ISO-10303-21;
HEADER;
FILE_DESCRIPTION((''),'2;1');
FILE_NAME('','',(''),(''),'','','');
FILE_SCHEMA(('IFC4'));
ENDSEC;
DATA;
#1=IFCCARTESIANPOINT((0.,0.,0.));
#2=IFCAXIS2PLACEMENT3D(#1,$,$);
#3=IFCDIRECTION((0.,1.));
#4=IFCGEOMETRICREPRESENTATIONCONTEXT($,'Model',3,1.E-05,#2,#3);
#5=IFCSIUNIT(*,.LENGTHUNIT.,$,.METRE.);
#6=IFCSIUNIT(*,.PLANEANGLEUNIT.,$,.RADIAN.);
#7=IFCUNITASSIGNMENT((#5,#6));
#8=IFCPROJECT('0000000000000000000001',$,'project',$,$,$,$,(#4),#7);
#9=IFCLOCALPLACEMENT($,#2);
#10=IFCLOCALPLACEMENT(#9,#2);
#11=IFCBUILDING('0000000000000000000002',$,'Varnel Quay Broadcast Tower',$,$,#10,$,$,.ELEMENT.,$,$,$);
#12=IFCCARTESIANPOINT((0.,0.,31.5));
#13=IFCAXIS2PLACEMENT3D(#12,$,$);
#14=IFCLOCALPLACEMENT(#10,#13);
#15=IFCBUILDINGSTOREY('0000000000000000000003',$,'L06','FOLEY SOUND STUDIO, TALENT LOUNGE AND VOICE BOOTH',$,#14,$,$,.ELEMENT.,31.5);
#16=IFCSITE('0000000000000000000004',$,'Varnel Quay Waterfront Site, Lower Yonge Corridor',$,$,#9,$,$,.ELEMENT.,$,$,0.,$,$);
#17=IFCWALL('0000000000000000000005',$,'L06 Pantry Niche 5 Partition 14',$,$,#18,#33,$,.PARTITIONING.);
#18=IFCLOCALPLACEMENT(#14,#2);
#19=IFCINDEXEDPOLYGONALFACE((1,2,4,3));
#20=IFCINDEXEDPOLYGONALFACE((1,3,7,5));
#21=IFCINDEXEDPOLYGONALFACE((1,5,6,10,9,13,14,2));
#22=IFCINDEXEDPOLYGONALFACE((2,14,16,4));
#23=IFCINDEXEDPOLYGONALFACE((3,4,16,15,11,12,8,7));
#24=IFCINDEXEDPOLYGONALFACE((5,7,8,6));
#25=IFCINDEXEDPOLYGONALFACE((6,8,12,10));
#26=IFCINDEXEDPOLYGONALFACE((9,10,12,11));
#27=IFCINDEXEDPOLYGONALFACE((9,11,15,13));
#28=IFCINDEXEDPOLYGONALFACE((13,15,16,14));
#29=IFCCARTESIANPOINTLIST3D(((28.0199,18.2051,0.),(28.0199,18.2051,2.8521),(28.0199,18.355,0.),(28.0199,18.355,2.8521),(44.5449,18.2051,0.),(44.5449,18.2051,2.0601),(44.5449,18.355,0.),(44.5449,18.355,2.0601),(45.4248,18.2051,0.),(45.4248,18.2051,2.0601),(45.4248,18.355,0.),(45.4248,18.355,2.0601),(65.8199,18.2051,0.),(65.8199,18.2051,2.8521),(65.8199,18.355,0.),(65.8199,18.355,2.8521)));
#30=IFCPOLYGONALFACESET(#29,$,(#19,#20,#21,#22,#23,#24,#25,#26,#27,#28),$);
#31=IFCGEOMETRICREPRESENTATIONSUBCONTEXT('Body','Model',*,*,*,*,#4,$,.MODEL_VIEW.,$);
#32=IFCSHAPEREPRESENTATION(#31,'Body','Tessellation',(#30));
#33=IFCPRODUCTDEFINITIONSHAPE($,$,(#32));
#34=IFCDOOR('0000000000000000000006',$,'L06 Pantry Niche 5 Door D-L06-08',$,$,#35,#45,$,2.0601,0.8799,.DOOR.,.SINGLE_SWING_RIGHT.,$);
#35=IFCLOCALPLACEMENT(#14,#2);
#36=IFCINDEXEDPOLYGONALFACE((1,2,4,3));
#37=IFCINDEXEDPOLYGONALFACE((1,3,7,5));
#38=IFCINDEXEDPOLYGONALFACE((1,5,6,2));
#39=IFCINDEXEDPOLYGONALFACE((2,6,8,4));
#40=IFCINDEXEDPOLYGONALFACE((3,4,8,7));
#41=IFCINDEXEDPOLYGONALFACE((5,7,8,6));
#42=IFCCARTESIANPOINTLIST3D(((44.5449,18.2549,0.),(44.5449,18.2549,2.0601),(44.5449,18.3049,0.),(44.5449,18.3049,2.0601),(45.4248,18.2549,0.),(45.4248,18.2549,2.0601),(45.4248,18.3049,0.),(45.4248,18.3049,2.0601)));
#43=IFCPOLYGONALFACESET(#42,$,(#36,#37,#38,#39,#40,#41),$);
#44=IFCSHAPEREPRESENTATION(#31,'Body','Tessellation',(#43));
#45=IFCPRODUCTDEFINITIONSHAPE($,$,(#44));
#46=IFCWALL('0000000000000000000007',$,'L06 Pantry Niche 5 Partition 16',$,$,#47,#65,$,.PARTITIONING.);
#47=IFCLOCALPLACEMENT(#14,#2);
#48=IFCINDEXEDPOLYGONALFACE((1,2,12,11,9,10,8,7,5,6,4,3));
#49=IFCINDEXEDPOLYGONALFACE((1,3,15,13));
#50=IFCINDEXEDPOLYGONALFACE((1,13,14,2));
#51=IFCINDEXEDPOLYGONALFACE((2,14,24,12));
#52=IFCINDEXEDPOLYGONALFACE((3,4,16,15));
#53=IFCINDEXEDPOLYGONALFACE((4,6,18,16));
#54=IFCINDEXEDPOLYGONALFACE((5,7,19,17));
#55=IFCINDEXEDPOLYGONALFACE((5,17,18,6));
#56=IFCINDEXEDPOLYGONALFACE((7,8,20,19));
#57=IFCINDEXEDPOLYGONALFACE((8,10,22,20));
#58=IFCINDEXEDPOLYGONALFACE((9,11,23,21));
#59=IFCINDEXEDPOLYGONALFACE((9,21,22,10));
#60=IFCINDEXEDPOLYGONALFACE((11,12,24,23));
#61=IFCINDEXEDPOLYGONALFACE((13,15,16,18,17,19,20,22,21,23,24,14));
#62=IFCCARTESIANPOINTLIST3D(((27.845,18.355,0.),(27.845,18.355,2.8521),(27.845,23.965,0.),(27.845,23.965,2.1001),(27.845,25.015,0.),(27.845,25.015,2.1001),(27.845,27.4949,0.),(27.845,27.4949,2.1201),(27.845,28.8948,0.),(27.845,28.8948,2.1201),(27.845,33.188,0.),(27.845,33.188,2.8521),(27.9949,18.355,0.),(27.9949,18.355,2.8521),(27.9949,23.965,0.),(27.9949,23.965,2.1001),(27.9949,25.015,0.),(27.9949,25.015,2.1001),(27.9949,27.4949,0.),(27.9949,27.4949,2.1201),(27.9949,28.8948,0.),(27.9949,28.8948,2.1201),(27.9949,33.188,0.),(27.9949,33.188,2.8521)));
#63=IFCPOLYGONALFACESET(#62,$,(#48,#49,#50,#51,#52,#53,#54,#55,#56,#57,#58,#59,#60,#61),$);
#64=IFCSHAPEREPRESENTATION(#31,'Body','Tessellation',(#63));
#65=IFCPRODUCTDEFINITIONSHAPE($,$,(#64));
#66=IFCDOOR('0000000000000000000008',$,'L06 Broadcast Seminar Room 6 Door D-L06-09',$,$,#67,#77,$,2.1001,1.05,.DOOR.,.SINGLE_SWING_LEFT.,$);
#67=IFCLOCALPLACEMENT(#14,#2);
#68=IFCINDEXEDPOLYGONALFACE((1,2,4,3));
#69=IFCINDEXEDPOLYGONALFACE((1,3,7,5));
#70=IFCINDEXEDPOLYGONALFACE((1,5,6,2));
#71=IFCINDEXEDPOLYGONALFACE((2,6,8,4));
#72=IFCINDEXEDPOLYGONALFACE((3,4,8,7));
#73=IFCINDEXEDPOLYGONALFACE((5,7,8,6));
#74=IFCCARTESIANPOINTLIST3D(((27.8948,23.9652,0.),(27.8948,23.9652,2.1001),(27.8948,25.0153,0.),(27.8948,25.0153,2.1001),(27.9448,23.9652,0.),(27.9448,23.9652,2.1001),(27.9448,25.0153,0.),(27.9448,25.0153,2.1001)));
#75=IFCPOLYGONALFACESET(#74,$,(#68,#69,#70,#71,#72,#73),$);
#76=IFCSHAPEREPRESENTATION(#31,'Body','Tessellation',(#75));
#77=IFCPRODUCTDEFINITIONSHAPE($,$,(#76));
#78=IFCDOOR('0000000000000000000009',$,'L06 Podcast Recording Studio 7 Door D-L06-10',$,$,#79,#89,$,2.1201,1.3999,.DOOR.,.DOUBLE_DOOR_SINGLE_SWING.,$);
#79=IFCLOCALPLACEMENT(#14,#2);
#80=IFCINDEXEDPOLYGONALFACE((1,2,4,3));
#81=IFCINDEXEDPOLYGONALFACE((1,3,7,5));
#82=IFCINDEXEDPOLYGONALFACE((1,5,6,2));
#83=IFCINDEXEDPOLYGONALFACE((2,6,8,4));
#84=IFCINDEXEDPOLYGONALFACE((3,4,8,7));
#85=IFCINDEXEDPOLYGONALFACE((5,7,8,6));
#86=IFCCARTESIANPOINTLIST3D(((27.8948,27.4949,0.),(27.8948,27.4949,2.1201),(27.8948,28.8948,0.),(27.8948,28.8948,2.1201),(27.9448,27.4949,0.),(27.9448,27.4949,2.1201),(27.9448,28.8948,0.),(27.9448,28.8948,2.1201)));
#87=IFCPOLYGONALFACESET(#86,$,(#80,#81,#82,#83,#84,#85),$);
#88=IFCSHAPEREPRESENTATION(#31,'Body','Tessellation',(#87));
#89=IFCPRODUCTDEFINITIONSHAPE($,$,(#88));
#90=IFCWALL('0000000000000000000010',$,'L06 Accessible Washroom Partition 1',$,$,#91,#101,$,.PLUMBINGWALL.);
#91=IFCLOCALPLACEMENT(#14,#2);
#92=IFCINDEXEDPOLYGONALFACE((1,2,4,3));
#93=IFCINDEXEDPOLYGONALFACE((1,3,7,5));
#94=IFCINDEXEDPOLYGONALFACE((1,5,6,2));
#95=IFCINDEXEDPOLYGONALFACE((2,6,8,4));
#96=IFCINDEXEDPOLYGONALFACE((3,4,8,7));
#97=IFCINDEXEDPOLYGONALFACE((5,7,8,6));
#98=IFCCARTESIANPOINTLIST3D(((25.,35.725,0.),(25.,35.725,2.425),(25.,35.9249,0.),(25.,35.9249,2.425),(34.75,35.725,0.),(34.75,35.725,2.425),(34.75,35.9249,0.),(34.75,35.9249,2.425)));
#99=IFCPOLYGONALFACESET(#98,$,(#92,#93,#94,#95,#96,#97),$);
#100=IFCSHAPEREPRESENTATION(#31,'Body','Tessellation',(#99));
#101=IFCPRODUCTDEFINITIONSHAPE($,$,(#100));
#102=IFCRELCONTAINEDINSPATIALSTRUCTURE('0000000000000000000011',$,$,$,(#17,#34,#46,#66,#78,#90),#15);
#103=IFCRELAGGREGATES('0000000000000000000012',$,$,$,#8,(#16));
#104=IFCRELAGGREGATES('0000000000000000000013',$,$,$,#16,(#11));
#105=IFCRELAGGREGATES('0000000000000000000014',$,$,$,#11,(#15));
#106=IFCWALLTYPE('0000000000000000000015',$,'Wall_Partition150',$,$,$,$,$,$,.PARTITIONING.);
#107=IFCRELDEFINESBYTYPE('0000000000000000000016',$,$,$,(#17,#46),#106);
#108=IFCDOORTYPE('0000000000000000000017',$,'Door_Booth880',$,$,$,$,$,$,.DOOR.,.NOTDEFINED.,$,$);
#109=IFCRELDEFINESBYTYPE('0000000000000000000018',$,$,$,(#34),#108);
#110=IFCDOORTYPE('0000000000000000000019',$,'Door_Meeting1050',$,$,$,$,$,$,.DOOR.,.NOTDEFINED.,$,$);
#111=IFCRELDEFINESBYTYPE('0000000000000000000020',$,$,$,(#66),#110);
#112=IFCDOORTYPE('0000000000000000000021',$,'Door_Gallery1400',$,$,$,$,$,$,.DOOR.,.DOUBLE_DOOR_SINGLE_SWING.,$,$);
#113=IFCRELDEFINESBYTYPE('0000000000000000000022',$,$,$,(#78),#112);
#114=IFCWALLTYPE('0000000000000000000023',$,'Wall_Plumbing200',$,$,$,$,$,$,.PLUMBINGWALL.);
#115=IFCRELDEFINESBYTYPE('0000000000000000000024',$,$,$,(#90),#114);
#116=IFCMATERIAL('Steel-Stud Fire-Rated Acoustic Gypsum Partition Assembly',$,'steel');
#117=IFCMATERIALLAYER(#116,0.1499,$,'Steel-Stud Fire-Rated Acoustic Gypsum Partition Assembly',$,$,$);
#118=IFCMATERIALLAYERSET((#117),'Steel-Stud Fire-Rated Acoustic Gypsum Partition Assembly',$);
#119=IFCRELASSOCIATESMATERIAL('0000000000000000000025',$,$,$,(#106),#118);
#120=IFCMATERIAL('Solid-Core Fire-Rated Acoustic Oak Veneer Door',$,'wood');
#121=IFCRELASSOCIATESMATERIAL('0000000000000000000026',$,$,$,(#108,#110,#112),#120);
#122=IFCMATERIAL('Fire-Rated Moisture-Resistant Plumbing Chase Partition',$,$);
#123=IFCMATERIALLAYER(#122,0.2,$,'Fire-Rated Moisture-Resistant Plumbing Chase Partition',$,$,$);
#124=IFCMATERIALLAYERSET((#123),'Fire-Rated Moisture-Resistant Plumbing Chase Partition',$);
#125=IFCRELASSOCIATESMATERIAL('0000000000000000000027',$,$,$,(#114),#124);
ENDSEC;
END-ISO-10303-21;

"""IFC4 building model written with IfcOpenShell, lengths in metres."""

from ifc_helpers import new_model, si_unit, direction, frame, frame_2d, origin, place, context, subcontext, project, spatial, rectangle, extrude, source, transform, mapped, material, layer, layer_set, type_object, type_shapes, element, fill, save


model = new_model("IFC4")

# Units and contexts
model_context = context("Model", 3, precision=1e-05, world=origin(), true_north=direction((0.0, 1.0)))
body_context = subcontext(model_context, "Body", "Model", "MODEL_VIEW")
ifc_project = project(units=[si_unit("LENGTHUNIT", "METRE"), si_unit("PLANEANGLEUNIT", "RADIAN")], contexts=[model_context])

# Site, building, storey
site_placement = place(None, origin())
site = spatial("IfcSite", under=ifc_project, at=site_placement, Name="Varnel Quay Waterfront Site, Lower Yonge Corridor", CompositionType="ELEMENT", RefElevation=0.0)
building_placement = place(site_placement, origin())
building = spatial("IfcBuilding", under=site, at=building_placement, Name="Varnel Quay Broadcast Tower", CompositionType="ELEMENT")
storey_placement = place(building_placement, frame((0.0, 0.0, 31.5)))
storey = spatial("IfcBuildingStorey", under=building, at=storey_placement, Name="L06", Description="FOLEY SOUND STUDIO, TALENT LOUNGE AND VOICE BOOTH", CompositionType="ELEMENT", Elevation=31.5)

# Wall, opening, door
ifc_material_1 = material(Name="Steel-Stud Fire-Rated Acoustic Gypsum Partition Assembly", Category="steel")
ifc_layer_1 = layer(ifc_material_1, 0.1499, Name="Steel-Stud Fire-Rated Acoustic Gypsum Partition Assembly")
ifc_layer_set_1 = layer_set([ifc_layer_1], Name="Steel-Stud Fire-Rated Acoustic Gypsum Partition Assembly")
wall_type_1 = type_object("IfcWallType", Name="Wall_Partition150", PredefinedType="PARTITIONING", material=ifc_layer_set_1)
wall_1_placement = place(storey_placement, frame((28.02, 18.28, 0.0), z_axis=(0.0, 0.0, 1.0), x_axis=(1.0, 0.0, 0.0)))
wall_1 = element("IfcWall", 1, at=wall_1_placement, inside=storey, type_object=wall_type_1, Name="L06 Pantry Niche 5 Partition 14", PredefinedType="PARTITIONING", context=body_context, shape_type="SweptSolid", body=[
    extrude(rectangle(XDim=37.8, YDim=0.1499, at=frame_2d((18.8999, 0.0))), origin(), (0.0, 0.0, 1.0), 2.8521),
])
opening_1_placement = place(wall_1_placement, frame((16.5249, 0.0, 0.0)))
opening_1 = element("IfcOpeningElement", 2, at=opening_1_placement, cuts=wall_1, PredefinedType="OPENING", context=body_context, shape_type="SweptSolid", body=[
    extrude(rectangle(XDim=0.8799, YDim=2.0601, at=frame_2d((0.4399, 1.03))), frame((0.0, 0.085, 0.0), z_axis=(0.0, -1.0, 0.0), x_axis=(1.0, 0.0, 0.0)), (0.0, 0.0, 1.0), 0.1699),
])
ifc_material_2 = material(Name="Solid-Core Fire-Rated Acoustic Oak Veneer Door", Category="wood")
door_type_1 = type_object("IfcDoorType", Name="Door_Booth880", OperationType="NOTDEFINED", PredefinedType="DOOR", material=ifc_material_2)
shared_shape_1 = source(origin(), body_context, "Body", "SweptSolid", [
    extrude(rectangle(XDim=0.8799, YDim=2.0601, at=frame_2d((0.4399, 1.03))), frame((0.0, 0.0249, 0.0), z_axis=(0.0, -1.0, 0.0), x_axis=(1.0, 0.0, 0.0)), (0.0, 0.0, 1.0), 0.05),
])
type_shapes(door_type_1, [shared_shape_1])
door_1_placement = place(opening_1_placement, origin())
door_1 = element("IfcDoor", 3, at=door_1_placement, inside=storey, type_object=door_type_1, Name="L06 Pantry Niche 5 Door D-L06-08", OperationType="SINGLE_SWING_RIGHT", OverallHeight=2.0601, OverallWidth=0.8799, PredefinedType="DOOR", context=body_context, shape_type="MappedRepresentation", body=[
    mapped(shared_shape_1, transform((0.0, 0.0, 0.0), x_axis=(1.0, 0.0, 0.0), y_axis=(0.0, 1.0, 0.0), z_axis=(0.0, 0.0, 1.0), scale=1.0)),
])
fill(opening_1, door_1)

# Wall, openings, doors
wall_2_placement = place(storey_placement, frame((27.9199, 18.355, 0.0), z_axis=(0.0, 0.0, 1.0), x_axis=(0.0, 1.0, 0.0)))
wall_2 = element("IfcWall", 4, at=wall_2_placement, inside=storey, type_object=wall_type_1, Name="L06 Pantry Niche 5 Partition 16", PredefinedType="PARTITIONING", context=body_context, shape_type="SweptSolid", body=[
    extrude(rectangle(XDim=14.833, YDim=0.1499, at=frame_2d((7.4165, 0.0))), origin(), (0.0, 0.0, 1.0), 2.8521),
])
opening_2_placement = place(wall_2_placement, frame((5.6101, 0.0, 0.0)))
opening_2 = element("IfcOpeningElement", 5, at=opening_2_placement, cuts=wall_2, PredefinedType="OPENING", context=body_context, shape_type="SweptSolid", body=[
    extrude(rectangle(XDim=1.05, YDim=2.1001, at=frame_2d((0.5249, 1.05))), frame((0.0, 0.085, 0.0), z_axis=(0.0, -1.0, 0.0), x_axis=(1.0, 0.0, 0.0)), (0.0, 0.0, 1.0), 0.1699),
])
opening_3_placement = place(wall_2_placement, frame((9.1399, 0.0, 0.0)))
opening_3 = element("IfcOpeningElement", 6, at=opening_3_placement, cuts=wall_2, PredefinedType="OPENING", context=body_context, shape_type="SweptSolid", body=[
    extrude(rectangle(XDim=1.3999, YDim=2.1201, at=frame_2d((0.7, 1.0601))), frame((0.0, 0.085, 0.0), z_axis=(0.0, -1.0, 0.0), x_axis=(1.0, 0.0, 0.0)), (0.0, 0.0, 1.0), 0.1699),
])
door_type_2 = type_object("IfcDoorType", Name="Door_Meeting1050", OperationType="NOTDEFINED", PredefinedType="DOOR", material=ifc_material_2)
shared_shape_2 = source(origin(), body_context, "Body", "SweptSolid", [
    extrude(rectangle(XDim=1.05, YDim=2.1001, at=frame_2d((0.5249, 1.05))), frame((0.0, 0.0249, 0.0), z_axis=(0.0, -1.0, 0.0), x_axis=(1.0, 0.0, 0.0)), (0.0, 0.0, 1.0), 0.05),
])
type_shapes(door_type_2, [shared_shape_2])
door_2_placement = place(opening_2_placement, frame((1.05, 0.0, 0.0), z_axis=(0.0, 0.0, 1.0), x_axis=(-1.0, 0.0, 0.0)))
door_2 = element("IfcDoor", 7, at=door_2_placement, inside=storey, type_object=door_type_2, Name="L06 Broadcast Seminar Room 6 Door D-L06-09", OperationType="SINGLE_SWING_LEFT", OverallHeight=2.1001, OverallWidth=1.05, PredefinedType="DOOR", context=body_context, shape_type="MappedRepresentation", body=[
    mapped(shared_shape_2, transform((0.0, 0.0, 0.0), x_axis=(1.0, 0.0, 0.0), y_axis=(0.0, 1.0, 0.0), z_axis=(0.0, 0.0, 1.0), scale=1.0)),
])
fill(opening_2, door_2)
door_type_3 = type_object("IfcDoorType", Name="Door_Gallery1400", OperationType="DOUBLE_DOOR_SINGLE_SWING", PredefinedType="DOOR", material=ifc_material_2)
shared_shape_3 = source(origin(), body_context, "Body", "SweptSolid", [
    extrude(rectangle(XDim=1.3999, YDim=2.1201, at=frame_2d((0.7, 1.0601))), frame((0.0, 0.0249, 0.0), z_axis=(0.0, -1.0, 0.0), x_axis=(1.0, 0.0, 0.0)), (0.0, 0.0, 1.0), 0.05),
])
type_shapes(door_type_3, [shared_shape_3])
door_3_placement = place(opening_3_placement, frame((1.3999, 0.0, 0.0), z_axis=(0.0, 0.0, 1.0), x_axis=(-1.0, 0.0, 0.0)))
door_3 = element("IfcDoor", 8, at=door_3_placement, inside=storey, type_object=door_type_3, Name="L06 Podcast Recording Studio 7 Door D-L06-10", OperationType="DOUBLE_DOOR_SINGLE_SWING", OverallHeight=2.1201, OverallWidth=1.3999, PredefinedType="DOOR", context=body_context, shape_type="MappedRepresentation", body=[
    mapped(shared_shape_3, transform((0.0, 0.0, 0.0), x_axis=(1.0, 0.0, 0.0), y_axis=(0.0, 1.0, 0.0), z_axis=(0.0, 0.0, 1.0), scale=1.0)),
])
fill(opening_3, door_3)

# Wall
ifc_material_3 = material(Name="Fire-Rated Moisture-Resistant Plumbing Chase Partition")
ifc_layer_2 = layer(ifc_material_3, 0.2, Name="Fire-Rated Moisture-Resistant Plumbing Chase Partition")
ifc_layer_set_2 = layer_set([ifc_layer_2], Name="Fire-Rated Moisture-Resistant Plumbing Chase Partition")
wall_type_2 = type_object("IfcWallType", Name="Wall_Plumbing200", PredefinedType="PLUMBINGWALL", material=ifc_layer_set_2)
wall_3_placement = place(storey_placement, frame((25.0, 35.825, 0.0), z_axis=(0.0, 0.0, 1.0), x_axis=(1.0, 0.0, 0.0)))
element("IfcWall", 9, at=wall_3_placement, inside=storey, type_object=wall_type_2, Name="L06 Accessible Washroom Partition 1", PredefinedType="PLUMBINGWALL", context=body_context, shape_type="SweptSolid", body=[
    extrude(rectangle(XDim=9.75, YDim=0.2, at=frame_2d((4.875, 0.0))), origin(), (0.0, 0.0, 1.0), 2.425),
])

save(model, "model.ifc")
